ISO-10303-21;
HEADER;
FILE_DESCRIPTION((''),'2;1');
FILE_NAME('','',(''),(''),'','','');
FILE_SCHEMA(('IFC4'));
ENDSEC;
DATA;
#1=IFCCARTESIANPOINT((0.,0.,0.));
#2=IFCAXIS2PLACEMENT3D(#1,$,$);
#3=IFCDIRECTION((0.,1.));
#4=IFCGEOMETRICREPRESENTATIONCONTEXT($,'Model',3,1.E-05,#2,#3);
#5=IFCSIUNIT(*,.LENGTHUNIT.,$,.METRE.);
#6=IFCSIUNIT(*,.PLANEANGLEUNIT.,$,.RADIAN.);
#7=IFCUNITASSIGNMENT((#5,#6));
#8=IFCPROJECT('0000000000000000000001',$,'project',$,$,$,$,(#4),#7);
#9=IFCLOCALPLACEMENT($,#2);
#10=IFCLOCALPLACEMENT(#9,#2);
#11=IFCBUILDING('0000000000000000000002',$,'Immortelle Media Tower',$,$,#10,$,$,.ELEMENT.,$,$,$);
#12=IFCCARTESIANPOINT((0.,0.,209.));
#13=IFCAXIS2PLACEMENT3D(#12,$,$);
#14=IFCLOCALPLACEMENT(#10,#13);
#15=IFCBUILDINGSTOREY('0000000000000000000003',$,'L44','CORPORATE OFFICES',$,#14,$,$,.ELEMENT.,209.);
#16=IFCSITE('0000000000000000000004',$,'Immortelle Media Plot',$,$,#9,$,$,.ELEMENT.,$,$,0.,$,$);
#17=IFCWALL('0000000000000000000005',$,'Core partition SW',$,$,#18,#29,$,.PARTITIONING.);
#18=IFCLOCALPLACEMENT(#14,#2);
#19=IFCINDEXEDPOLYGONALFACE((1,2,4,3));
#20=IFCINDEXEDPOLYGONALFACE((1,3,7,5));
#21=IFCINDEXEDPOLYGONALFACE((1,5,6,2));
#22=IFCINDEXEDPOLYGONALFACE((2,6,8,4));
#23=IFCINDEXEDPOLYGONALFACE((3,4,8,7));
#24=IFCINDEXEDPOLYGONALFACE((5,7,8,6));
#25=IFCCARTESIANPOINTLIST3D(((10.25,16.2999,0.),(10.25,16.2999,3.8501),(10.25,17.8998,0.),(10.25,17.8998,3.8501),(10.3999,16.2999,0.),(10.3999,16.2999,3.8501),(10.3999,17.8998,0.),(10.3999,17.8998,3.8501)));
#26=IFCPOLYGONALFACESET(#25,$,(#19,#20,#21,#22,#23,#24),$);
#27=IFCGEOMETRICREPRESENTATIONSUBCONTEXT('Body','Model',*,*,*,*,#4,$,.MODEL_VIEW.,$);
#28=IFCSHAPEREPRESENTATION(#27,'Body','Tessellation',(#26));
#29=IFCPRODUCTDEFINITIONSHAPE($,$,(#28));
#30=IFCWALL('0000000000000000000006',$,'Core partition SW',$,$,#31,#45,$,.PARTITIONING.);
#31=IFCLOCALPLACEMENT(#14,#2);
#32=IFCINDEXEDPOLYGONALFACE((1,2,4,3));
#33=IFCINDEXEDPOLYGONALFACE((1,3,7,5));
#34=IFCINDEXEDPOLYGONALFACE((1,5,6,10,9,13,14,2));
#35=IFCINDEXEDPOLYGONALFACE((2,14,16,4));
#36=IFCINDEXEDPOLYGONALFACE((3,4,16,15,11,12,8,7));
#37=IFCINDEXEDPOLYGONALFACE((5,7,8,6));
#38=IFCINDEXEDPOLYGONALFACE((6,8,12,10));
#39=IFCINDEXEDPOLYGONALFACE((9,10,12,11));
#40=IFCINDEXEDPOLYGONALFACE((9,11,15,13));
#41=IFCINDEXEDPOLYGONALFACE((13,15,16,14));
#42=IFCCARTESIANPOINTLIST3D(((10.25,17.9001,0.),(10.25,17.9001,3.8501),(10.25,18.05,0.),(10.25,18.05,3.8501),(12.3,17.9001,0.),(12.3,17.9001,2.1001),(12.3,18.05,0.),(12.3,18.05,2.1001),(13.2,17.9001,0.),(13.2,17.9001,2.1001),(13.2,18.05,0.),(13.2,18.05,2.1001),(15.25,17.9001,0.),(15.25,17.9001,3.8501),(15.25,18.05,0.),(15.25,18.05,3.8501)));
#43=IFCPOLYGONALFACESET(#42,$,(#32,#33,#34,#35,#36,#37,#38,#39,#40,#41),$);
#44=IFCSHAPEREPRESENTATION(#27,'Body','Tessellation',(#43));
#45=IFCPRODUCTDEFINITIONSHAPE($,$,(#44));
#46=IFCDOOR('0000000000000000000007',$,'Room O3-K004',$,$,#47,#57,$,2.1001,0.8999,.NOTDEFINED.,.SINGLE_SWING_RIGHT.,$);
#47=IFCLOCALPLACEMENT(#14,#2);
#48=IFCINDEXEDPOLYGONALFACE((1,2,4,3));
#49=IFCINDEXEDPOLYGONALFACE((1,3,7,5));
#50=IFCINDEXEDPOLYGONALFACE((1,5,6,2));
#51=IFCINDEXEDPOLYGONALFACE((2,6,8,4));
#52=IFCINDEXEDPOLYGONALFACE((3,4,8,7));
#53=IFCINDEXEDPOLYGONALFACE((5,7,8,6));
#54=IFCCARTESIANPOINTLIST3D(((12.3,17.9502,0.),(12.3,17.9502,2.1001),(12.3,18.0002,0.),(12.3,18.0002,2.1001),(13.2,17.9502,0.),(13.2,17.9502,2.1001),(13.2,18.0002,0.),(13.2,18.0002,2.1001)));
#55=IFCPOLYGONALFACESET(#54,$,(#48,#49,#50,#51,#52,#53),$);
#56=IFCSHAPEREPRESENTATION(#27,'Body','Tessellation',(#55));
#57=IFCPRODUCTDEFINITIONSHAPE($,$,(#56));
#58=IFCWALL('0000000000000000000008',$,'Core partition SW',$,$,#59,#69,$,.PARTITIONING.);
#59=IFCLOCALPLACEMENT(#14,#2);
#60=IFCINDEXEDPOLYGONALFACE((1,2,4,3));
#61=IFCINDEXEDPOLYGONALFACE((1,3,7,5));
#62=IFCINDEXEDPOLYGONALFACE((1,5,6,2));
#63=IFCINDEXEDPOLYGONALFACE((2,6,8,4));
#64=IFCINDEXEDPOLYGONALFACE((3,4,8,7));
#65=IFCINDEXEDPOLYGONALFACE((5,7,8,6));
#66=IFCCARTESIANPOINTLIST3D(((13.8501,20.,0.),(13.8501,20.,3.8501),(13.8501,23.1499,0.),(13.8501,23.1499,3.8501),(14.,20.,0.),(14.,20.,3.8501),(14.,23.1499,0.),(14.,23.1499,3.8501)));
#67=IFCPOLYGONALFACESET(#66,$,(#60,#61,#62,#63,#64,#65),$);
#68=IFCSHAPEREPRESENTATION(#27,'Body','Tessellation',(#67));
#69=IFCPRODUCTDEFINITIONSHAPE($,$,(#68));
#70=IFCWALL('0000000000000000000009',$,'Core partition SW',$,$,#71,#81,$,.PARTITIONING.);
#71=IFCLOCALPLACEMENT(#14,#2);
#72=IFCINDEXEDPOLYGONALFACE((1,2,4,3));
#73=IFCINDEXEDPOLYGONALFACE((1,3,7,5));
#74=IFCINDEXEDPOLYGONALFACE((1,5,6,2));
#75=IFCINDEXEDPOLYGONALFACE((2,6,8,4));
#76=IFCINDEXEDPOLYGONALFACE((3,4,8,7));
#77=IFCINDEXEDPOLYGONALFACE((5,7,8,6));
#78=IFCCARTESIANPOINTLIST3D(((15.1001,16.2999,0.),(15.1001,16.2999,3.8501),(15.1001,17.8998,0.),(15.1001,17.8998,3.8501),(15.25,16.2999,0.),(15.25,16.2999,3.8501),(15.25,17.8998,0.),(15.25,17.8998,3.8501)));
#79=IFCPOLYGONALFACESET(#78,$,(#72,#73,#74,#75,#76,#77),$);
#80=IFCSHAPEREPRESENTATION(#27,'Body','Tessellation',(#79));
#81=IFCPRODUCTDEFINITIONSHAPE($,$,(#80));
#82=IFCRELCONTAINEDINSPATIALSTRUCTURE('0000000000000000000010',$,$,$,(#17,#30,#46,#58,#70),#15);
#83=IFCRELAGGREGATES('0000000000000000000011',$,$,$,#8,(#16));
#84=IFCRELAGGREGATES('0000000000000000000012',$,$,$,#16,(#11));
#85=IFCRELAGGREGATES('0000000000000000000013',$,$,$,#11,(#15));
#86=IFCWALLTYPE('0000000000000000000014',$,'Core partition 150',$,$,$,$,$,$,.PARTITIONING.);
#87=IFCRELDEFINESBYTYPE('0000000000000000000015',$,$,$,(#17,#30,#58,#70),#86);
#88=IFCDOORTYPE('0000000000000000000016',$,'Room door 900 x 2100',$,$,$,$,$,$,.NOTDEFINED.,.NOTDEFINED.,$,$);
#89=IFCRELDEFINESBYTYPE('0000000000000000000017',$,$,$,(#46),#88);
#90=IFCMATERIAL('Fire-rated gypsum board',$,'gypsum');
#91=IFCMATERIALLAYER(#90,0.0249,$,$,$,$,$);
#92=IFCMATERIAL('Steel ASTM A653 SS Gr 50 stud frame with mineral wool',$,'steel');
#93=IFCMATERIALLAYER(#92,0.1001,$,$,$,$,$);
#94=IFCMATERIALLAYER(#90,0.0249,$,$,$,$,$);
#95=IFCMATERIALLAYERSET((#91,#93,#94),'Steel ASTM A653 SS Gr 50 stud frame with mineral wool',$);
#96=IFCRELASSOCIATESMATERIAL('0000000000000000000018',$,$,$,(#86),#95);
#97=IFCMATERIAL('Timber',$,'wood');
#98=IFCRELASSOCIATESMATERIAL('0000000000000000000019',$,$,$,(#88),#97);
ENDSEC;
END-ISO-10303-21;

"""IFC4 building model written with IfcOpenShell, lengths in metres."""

from ifc_helpers import new_model, si_unit, direction, frame, frame_2d, origin, place, context, subcontext, project, spatial, rectangle, extrude, material, layer, layer_set, type_object, element, fill, save


model = new_model("IFC4")

# Units and contexts
model_context = context("Model", 3, precision=1e-05, world=origin(), true_north=direction((0.0, 1.0)))
body_context = subcontext(model_context, "Body", "Model", "MODEL_VIEW")
ifc_project = project(units=[si_unit("LENGTHUNIT", "METRE"), si_unit("PLANEANGLEUNIT", "RADIAN")], contexts=[model_context])

# Site, building, storey
site_placement = place(None, origin())
site = spatial("IfcSite", under=ifc_project, at=site_placement, Name="Immortelle Media Plot", CompositionType="ELEMENT", RefElevation=0.0)
building_placement = place(site_placement, origin())
building = spatial("IfcBuilding", under=site, at=building_placement, Name="Immortelle Media Tower", CompositionType="ELEMENT")
storey_placement = place(building_placement, frame((0.0, 0.0, 209.0)))
storey = spatial("IfcBuildingStorey", under=building, at=storey_placement, Name="L44", Description="CORPORATE OFFICES", CompositionType="ELEMENT", Elevation=209.0)

# Wall
ifc_material_1 = material(Name="Fire-rated gypsum board", Category="gypsum")
ifc_layer_1 = layer(ifc_material_1, 0.0249)
ifc_material_2 = material(Name="Steel ASTM A653 SS Gr 50 stud frame with mineral wool", Category="steel")
ifc_layer_2 = layer(ifc_material_2, 0.1001)
ifc_layer_3 = layer(ifc_material_1, 0.0249)
ifc_layer_set_1 = layer_set([ifc_layer_1, ifc_layer_2, ifc_layer_3], Name="Steel ASTM A653 SS Gr 50 stud frame with mineral wool")
wall_type_1 = type_object("IfcWallType", Name="Core partition 150", PredefinedType="PARTITIONING", material=ifc_layer_set_1)
wall_1_placement = place(storey_placement, frame((10.325, 16.3, 0.0), z_axis=(0.0, 0.0, 1.0), x_axis=(0.0, 1.0, 0.0)))
element("IfcWall", 1, at=wall_1_placement, inside=storey, type_object=wall_type_1, Name="Core partition SW", PredefinedType="PARTITIONING", context=body_context, shape_type="SweptSolid", body=[
    extrude(rectangle(XDim=1.5999, YDim=0.1499, at=frame_2d((0.7998, 0.0))), origin(), (0.0, 0.0, 1.0), 3.8501),
])

# Wall, opening, door
wall_2_placement = place(storey_placement, frame((10.25, 17.9751, 0.0), z_axis=(0.0, 0.0, 1.0), x_axis=(1.0, 0.0, 0.0)))
wall_2 = element("IfcWall", 2, at=wall_2_placement, inside=storey, type_object=wall_type_1, Name="Core partition SW", PredefinedType="PARTITIONING", context=body_context, shape_type="SweptSolid", body=[
    extrude(rectangle(XDim=5.0, YDim=0.1499, at=frame_2d((2.5, 0.0))), origin(), (0.0, 0.0, 1.0), 3.8501),
])
opening_1_placement = place(wall_2_placement, frame((2.95, 0.0, 0.0), z_axis=(0.0, 0.0, 1.0), x_axis=(-1.0, 0.0, 0.0)))
opening_1 = element("IfcOpeningElement", 3, at=opening_1_placement, cuts=wall_2, PredefinedType="OPENING", context=body_context, shape_type="SweptSolid", body=[
    extrude(rectangle(XDim=0.8999, YDim=2.1001, at=frame_2d((0.45, 1.05))), frame((0.0, 0.085, 0.0), z_axis=(0.0, -1.0, 0.0), x_axis=(1.0, 0.0, 0.0)), (0.0, 0.0, 1.0), 0.1699),
])
ifc_material_3 = material(Name="Timber", Category="wood")
door_type_1 = type_object("IfcDoorType", Name="Room door 900 x 2100", OperationType="NOTDEFINED", PredefinedType="NOTDEFINED", material=ifc_material_3)
door_1_placement = place(opening_1_placement, origin())
door_1 = element("IfcDoor", 4, at=door_1_placement, inside=storey, type_object=door_type_1, Name="Room O3-K004", OperationType="SINGLE_SWING_RIGHT", OverallHeight=2.1001, OverallWidth=0.8999, PredefinedType="NOTDEFINED", context=body_context, shape_type="SweptSolid", body=[
    extrude(rectangle(XDim=0.8999, YDim=2.1001, at=frame_2d((0.45, 1.05))), frame((0.0, 0.0249, 0.0), z_axis=(0.0, -1.0, 0.0), x_axis=(1.0, 0.0, 0.0)), (0.0, 0.0, 1.0), 0.05),
])
fill(opening_1, door_1)

# Walls
wall_3_placement = place(storey_placement, frame((13.925, 20.0, 0.0), z_axis=(0.0, 0.0, 1.0), x_axis=(0.0, 1.0, 0.0)))
element("IfcWall", 5, at=wall_3_placement, inside=storey, type_object=wall_type_1, Name="Core partition SW", PredefinedType="PARTITIONING", context=body_context, shape_type="SweptSolid", body=[
    extrude(rectangle(XDim=3.1499, YDim=0.1499, at=frame_2d((1.575, 0.0))), origin(), (0.0, 0.0, 1.0), 3.8501),
])
wall_4_placement = place(storey_placement, frame((15.175, 16.3, 0.0), z_axis=(0.0, 0.0, 1.0), x_axis=(0.0, 1.0, 0.0)))
element("IfcWall", 6, at=wall_4_placement, inside=storey, type_object=wall_type_1, Name="Core partition SW", PredefinedType="PARTITIONING", context=body_context, shape_type="SweptSolid", body=[
    extrude(rectangle(XDim=1.5999, YDim=0.1499, at=frame_2d((0.7998, 0.0))), origin(), (0.0, 0.0, 1.0), 3.8501),
])

save(model, "model.ifc")
